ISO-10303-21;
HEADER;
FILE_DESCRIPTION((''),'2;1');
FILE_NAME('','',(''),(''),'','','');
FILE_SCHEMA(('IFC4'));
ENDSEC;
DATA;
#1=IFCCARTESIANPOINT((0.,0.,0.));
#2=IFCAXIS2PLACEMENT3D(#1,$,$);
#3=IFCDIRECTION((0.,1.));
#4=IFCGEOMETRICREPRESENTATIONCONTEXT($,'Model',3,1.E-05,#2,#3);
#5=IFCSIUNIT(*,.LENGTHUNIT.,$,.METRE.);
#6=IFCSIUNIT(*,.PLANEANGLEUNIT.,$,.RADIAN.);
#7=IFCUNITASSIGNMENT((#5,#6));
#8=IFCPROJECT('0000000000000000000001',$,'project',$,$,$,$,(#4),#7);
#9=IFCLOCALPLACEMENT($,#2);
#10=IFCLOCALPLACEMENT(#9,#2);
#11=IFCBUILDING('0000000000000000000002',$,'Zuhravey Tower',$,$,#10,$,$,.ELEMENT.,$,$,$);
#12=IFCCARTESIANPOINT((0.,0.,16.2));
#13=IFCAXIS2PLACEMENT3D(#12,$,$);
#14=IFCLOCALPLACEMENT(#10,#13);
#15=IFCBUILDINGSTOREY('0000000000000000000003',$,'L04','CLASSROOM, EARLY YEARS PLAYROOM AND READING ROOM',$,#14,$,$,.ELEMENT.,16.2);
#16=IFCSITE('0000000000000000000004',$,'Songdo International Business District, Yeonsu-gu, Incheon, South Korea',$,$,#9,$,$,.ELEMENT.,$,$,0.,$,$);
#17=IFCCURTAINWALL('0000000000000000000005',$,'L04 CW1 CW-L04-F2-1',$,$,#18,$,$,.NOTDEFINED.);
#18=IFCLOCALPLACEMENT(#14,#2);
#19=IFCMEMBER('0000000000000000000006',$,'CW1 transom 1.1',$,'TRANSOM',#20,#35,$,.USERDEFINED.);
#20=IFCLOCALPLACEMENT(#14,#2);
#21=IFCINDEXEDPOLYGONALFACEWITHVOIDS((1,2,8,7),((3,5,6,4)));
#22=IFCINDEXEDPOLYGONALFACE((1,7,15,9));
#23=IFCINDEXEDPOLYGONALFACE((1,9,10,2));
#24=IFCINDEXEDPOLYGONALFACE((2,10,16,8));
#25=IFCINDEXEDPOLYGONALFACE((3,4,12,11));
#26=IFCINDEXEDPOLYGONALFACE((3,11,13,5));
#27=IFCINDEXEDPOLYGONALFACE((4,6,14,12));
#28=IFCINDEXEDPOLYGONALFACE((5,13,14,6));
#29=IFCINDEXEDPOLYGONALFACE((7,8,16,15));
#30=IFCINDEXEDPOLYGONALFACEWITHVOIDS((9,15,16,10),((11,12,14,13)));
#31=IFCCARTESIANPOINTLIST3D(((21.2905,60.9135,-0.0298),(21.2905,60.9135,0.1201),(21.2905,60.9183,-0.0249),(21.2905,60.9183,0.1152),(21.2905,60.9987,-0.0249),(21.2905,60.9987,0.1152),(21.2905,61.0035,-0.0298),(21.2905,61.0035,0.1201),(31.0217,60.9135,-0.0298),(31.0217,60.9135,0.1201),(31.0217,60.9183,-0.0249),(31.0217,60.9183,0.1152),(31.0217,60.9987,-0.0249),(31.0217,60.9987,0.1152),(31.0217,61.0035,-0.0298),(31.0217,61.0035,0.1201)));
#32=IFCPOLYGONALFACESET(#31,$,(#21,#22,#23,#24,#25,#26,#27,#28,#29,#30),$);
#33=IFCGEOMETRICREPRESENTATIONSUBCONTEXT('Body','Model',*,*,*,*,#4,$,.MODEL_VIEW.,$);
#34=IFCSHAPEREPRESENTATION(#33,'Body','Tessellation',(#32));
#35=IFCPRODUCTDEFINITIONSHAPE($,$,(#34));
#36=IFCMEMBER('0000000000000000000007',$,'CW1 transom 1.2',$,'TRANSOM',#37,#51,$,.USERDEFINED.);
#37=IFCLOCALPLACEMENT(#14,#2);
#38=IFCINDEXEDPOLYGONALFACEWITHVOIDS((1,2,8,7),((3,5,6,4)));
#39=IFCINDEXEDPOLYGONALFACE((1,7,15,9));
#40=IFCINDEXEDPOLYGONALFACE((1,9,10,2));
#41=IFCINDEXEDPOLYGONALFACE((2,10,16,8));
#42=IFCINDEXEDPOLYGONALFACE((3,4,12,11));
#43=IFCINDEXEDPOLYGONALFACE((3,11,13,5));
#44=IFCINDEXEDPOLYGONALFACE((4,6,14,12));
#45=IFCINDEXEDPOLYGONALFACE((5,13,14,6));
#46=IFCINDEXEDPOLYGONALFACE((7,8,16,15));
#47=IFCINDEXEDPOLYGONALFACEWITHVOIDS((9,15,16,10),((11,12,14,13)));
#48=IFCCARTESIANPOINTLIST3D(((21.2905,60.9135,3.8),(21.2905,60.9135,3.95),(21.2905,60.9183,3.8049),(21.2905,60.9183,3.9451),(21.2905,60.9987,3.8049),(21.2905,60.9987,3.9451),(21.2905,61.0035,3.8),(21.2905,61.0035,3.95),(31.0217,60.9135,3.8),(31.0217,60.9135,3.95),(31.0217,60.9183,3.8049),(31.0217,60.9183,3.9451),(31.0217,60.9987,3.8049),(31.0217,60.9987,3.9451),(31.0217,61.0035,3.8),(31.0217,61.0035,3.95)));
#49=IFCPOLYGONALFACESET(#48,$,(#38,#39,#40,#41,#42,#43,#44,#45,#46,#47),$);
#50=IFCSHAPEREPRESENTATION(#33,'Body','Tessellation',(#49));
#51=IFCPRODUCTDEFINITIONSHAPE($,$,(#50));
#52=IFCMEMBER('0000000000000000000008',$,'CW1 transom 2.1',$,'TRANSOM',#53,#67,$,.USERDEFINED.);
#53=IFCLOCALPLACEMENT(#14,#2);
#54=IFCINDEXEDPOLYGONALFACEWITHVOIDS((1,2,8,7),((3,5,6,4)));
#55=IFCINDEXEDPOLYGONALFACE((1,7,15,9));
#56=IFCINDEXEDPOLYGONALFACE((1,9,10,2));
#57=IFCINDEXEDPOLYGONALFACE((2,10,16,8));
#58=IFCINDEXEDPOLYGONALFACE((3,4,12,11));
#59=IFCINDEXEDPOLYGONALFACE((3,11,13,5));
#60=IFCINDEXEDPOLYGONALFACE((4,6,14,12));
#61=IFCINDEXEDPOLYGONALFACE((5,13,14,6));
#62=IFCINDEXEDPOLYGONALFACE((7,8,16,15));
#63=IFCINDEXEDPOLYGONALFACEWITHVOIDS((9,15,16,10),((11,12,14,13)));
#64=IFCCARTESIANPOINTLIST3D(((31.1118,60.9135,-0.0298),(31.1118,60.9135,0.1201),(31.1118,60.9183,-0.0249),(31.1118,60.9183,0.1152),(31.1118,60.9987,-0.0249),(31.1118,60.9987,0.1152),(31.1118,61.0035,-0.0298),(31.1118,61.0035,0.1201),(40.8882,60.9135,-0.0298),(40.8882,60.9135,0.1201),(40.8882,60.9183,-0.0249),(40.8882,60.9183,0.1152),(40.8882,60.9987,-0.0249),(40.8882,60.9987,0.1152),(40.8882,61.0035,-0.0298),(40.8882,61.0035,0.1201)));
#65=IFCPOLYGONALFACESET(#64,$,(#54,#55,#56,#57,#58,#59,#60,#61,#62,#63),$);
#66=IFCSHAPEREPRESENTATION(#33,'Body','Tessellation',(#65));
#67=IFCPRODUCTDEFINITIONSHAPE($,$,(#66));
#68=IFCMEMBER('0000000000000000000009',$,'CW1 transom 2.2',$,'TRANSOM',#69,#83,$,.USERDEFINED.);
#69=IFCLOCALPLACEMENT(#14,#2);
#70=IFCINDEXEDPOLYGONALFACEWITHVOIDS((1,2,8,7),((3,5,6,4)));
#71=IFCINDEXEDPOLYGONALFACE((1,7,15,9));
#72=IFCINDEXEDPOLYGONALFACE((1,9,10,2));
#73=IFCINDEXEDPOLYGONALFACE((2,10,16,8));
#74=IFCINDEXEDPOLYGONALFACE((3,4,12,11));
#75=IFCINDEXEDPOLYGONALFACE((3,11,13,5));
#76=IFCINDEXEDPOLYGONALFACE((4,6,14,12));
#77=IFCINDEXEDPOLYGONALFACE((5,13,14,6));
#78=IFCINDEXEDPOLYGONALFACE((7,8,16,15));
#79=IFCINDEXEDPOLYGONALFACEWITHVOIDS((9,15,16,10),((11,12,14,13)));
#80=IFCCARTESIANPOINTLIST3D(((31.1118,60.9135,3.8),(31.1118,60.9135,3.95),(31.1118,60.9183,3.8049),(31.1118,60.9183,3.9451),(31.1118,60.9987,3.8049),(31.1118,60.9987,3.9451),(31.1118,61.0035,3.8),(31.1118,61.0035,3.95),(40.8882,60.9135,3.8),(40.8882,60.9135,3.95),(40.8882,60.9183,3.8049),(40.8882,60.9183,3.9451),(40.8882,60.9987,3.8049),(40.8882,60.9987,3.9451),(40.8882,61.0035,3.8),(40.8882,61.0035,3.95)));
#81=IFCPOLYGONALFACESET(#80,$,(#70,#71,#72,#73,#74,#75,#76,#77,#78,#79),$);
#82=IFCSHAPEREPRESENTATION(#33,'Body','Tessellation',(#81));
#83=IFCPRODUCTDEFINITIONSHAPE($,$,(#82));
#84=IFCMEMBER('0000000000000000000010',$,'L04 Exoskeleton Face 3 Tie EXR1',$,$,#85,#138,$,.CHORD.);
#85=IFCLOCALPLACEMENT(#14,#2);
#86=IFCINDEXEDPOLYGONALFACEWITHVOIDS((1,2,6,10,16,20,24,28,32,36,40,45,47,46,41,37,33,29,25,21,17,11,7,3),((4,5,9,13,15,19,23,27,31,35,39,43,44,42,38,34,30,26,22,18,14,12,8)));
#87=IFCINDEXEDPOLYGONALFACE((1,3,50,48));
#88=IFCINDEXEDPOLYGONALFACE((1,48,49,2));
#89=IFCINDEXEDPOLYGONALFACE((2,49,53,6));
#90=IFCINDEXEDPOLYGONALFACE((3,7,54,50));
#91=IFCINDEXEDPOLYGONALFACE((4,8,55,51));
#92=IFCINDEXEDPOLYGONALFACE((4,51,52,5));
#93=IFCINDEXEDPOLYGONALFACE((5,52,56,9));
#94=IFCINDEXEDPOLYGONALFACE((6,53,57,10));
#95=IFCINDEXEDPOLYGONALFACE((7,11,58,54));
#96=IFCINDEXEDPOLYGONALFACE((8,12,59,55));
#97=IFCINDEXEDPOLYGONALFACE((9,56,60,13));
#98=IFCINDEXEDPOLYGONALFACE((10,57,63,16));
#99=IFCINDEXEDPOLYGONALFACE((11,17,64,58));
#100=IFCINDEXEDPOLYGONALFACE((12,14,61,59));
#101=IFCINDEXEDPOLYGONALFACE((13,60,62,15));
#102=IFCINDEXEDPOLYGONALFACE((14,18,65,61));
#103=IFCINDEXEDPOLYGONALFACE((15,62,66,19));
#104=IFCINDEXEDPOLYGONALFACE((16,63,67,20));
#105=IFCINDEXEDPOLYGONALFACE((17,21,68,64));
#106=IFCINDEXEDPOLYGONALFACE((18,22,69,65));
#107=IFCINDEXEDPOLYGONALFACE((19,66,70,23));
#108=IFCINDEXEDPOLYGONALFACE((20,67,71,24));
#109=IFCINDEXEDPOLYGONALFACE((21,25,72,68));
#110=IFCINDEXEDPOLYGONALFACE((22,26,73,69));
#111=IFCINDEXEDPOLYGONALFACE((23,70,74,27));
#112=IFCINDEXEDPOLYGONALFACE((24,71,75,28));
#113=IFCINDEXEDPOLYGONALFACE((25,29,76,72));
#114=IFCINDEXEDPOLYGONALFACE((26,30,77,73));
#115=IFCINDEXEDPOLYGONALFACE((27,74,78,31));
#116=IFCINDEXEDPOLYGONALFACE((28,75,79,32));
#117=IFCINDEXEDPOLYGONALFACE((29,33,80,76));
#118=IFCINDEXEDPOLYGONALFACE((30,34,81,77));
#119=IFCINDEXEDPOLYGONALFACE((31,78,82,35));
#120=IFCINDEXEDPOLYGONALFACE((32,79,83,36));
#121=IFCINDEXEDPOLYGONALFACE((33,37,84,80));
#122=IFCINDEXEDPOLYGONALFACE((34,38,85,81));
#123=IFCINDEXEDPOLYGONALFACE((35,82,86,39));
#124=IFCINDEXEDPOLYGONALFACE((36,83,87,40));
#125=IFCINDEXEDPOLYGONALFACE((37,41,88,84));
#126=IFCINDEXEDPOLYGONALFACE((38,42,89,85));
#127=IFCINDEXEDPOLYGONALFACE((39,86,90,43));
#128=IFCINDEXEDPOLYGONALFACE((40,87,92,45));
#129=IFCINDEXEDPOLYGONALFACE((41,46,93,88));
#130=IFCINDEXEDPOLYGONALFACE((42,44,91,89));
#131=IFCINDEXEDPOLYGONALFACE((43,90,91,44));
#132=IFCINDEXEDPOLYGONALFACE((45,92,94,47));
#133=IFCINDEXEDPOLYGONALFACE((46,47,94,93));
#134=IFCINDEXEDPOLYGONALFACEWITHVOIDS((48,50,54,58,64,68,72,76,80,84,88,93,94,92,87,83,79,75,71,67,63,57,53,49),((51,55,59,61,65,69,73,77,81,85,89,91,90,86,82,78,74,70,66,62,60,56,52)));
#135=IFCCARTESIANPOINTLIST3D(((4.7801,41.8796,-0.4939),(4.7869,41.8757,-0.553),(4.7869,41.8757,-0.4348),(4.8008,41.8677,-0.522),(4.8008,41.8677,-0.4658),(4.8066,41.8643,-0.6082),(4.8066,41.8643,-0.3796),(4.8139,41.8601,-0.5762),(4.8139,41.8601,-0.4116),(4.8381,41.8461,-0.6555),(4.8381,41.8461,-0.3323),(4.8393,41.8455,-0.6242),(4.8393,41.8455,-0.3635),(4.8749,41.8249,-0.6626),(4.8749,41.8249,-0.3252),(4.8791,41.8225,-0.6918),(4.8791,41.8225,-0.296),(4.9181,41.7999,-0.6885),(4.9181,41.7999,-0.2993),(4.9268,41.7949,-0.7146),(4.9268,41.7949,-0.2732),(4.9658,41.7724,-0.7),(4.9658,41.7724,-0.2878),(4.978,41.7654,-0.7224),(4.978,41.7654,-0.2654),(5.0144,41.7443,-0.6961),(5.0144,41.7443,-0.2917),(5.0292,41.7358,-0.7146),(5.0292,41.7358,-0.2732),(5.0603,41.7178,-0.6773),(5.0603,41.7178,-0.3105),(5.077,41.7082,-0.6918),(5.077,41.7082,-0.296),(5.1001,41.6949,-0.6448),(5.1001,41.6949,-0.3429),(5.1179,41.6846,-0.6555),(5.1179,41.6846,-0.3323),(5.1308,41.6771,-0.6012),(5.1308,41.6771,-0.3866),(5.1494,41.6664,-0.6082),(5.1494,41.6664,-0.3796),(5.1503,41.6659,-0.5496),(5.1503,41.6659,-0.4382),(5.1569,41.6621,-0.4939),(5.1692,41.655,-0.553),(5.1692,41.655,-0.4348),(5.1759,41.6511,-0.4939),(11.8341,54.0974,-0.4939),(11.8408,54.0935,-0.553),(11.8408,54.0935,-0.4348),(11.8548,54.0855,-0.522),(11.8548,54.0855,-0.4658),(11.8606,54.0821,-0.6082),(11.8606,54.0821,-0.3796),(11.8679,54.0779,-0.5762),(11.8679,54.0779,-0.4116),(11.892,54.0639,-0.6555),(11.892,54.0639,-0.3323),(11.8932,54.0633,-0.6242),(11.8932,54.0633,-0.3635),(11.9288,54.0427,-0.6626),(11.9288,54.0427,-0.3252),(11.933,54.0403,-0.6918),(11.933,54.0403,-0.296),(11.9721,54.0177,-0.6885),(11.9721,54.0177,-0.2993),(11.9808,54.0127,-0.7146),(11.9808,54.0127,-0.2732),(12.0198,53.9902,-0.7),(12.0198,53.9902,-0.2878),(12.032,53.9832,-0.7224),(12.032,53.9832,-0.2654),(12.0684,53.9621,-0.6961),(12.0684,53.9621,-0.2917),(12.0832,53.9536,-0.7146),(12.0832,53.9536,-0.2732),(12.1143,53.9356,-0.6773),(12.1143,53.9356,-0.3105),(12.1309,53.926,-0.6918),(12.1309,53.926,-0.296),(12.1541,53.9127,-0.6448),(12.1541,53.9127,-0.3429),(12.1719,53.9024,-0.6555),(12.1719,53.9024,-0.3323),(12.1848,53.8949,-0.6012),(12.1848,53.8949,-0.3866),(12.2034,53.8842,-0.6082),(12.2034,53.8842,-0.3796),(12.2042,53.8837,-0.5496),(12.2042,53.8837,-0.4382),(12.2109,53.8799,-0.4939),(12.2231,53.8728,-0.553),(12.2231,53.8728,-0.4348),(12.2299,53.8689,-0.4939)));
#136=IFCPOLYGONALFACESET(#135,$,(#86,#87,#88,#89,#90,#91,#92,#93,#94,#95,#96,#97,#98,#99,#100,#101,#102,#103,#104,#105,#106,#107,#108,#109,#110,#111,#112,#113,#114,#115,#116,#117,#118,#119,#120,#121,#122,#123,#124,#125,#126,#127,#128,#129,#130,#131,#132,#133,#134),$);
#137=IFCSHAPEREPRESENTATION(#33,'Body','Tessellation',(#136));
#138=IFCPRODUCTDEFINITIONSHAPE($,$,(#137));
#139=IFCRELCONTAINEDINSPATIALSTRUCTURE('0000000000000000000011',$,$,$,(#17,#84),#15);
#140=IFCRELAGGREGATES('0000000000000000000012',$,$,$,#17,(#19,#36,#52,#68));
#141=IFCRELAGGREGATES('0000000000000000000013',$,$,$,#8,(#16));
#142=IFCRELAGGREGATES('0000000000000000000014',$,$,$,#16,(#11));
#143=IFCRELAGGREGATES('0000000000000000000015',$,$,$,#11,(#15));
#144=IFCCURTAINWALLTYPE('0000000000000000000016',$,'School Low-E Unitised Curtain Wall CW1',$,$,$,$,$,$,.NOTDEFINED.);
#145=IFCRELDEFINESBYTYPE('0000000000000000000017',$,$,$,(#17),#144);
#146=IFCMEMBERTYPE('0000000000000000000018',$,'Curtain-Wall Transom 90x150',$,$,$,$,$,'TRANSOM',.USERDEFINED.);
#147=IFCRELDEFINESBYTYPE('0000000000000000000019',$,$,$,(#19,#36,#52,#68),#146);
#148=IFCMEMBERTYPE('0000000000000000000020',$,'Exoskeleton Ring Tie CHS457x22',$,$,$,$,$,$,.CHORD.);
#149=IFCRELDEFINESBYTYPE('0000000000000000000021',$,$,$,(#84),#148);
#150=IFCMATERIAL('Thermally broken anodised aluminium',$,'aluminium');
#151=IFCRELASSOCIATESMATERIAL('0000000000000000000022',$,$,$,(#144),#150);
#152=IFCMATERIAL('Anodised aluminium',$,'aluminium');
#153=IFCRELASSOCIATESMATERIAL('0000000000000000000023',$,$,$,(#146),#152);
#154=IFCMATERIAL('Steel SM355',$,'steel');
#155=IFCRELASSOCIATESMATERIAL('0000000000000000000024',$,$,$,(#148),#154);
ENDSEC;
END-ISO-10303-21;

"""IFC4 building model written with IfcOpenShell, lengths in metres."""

from ifc_helpers import new_model, si_unit, direction, frame, origin, origin_2d, place, context, subcontext, project, spatial, hollow_rectangle, hollow_circle, extrude, material, material_profile, profile_set, type_object, element, aggregate, save


model = new_model("IFC4")

# Units and contexts
model_context = context("Model", 3, precision=1e-05, world=origin(), true_north=direction((0.0, 1.0)))
body_context = subcontext(model_context, "Body", "Model", "MODEL_VIEW")
ifc_project = project(units=[si_unit("LENGTHUNIT", "METRE"), si_unit("PLANEANGLEUNIT", "RADIAN")], contexts=[model_context])

# Site, building, storey
site_placement = place(None, origin())
site = spatial("IfcSite", under=ifc_project, at=site_placement, Name="Songdo International Business District, Yeonsu-gu, Incheon, South Korea", CompositionType="ELEMENT", RefElevation=0.0)
building_placement = place(site_placement, origin())
building = spatial("IfcBuilding", under=site, at=building_placement, Name="Zuhravey Tower", CompositionType="ELEMENT")
storey_placement = place(building_placement, frame((0.0, 0.0, 16.2)))
storey = spatial("IfcBuildingStorey", under=building, at=storey_placement, Name="L04", Description="CLASSROOM, EARLY YEARS PLAYROOM AND READING ROOM", CompositionType="ELEMENT", Elevation=16.2)

# Curtain wall
ifc_material_1 = material(Name="Thermally broken anodised aluminium", Category="aluminium")
curtain_wall_type = type_object("IfcCurtainWallType", Name="School Low-E Unitised Curtain Wall CW1", PredefinedType="NOTDEFINED", material=ifc_material_1)
ifc_material_2 = material(Name="Anodised aluminium", Category="aluminium")
curtain_wall_1_placement = place(storey_placement, origin())
curtain_wall_1 = element("IfcCurtainWall", 1, at=curtain_wall_1_placement, inside=storey, type_object=curtain_wall_type, Name="L04 CW1 CW-L04-F2-1", PredefinedType="NOTDEFINED")

# Members
ifc_material_profile_1 = material_profile(ifc_material_2, hollow_rectangle(XDim=0.0901, YDim=0.1499, WallThickness=0.0049, at=origin_2d()), Name="ALU-RHS-90x150x5")
ifc_profile_set_1 = profile_set([ifc_material_profile_1], Name="Anodised aluminium")
member_type_1 = type_object("IfcMemberType", Name="Curtain-Wall Transom 90x150", ElementType="TRANSOM", PredefinedType="USERDEFINED", material=ifc_profile_set_1)
member_1_placement = place(storey_placement, frame((21.2905, 60.9585, 0.0452), z_axis=(1.0, 0.0, 0.0), x_axis=(0.0, 1.0, 0.0)))
member_1 = element("IfcMember", 2, at=member_1_placement, type_object=member_type_1, Name="CW1 transom 1.1", ObjectType="TRANSOM", PredefinedType="USERDEFINED", context=body_context, shape_type="SweptSolid", body=[
    extrude(hollow_rectangle(XDim=0.0901, YDim=0.1499, WallThickness=0.0049, at=origin_2d()), origin(), (0.0, 0.0, 1.0), 9.7312),
])
member_2_placement = place(storey_placement, frame((21.2905, 60.9585, 3.875), z_axis=(1.0, 0.0, 0.0), x_axis=(0.0, 1.0, 0.0)))
member_2 = element("IfcMember", 3, at=member_2_placement, type_object=member_type_1, Name="CW1 transom 1.2", ObjectType="TRANSOM", PredefinedType="USERDEFINED", context=body_context, shape_type="SweptSolid", body=[
    extrude(hollow_rectangle(XDim=0.0901, YDim=0.1499, WallThickness=0.0049, at=origin_2d()), origin(), (0.0, 0.0, 1.0), 9.7312),
])
member_3_placement = place(storey_placement, frame((31.1118, 60.9585, 0.0452), z_axis=(1.0, 0.0, 0.0), x_axis=(0.0, 1.0, 0.0)))
member_3 = element("IfcMember", 4, at=member_3_placement, type_object=member_type_1, Name="CW1 transom 2.1", ObjectType="TRANSOM", PredefinedType="USERDEFINED", context=body_context, shape_type="SweptSolid", body=[
    extrude(hollow_rectangle(XDim=0.0901, YDim=0.1499, WallThickness=0.0049, at=origin_2d()), origin(), (0.0, 0.0, 1.0), 9.7764),
])
member_4_placement = place(storey_placement, frame((31.1118, 60.9585, 3.875), z_axis=(1.0, 0.0, 0.0), x_axis=(0.0, 1.0, 0.0)))
member_4 = element("IfcMember", 5, at=member_4_placement, type_object=member_type_1, Name="CW1 transom 2.2", ObjectType="TRANSOM", PredefinedType="USERDEFINED", context=body_context, shape_type="SweptSolid", body=[
    extrude(hollow_rectangle(XDim=0.0901, YDim=0.1499, WallThickness=0.0049, at=origin_2d()), origin(), (0.0, 0.0, 1.0), 9.7764),
])

# Member
ifc_material_3 = material(Name="Steel SM355", Category="steel")
ifc_material_profile_2 = material_profile(ifc_material_3, hollow_circle(Radius=0.2285, WallThickness=0.022, at=origin_2d()), Name="CHS-457.2x22")
ifc_profile_set_2 = profile_set([ifc_material_profile_2], Name="Steel SM355")
member_type_2 = type_object("IfcMemberType", Name="Exoskeleton Ring Tie CHS457x22", PredefinedType="CHORD", material=ifc_profile_set_2)
member_5_placement = place(storey_placement, frame((12.032, 53.9832, -0.4939), z_axis=(-0.500001, -0.866025, 0.0), x_axis=(0.866025, -0.500001, 0.0)))
element("IfcMember", 6, at=member_5_placement, inside=storey, type_object=member_type_2, Name="L04 Exoskeleton Face 3 Tie EXR1", PredefinedType="CHORD", context=body_context, shape_type="SweptSolid", body=[
    extrude(hollow_circle(Radius=0.2285, WallThickness=0.022, at=origin_2d()), origin(), (0.0, 0.0, 1.0), 14.1079),
])

aggregate(curtain_wall_1, [member_1, member_2, member_3, member_4])

save(model, "model.ifc")
